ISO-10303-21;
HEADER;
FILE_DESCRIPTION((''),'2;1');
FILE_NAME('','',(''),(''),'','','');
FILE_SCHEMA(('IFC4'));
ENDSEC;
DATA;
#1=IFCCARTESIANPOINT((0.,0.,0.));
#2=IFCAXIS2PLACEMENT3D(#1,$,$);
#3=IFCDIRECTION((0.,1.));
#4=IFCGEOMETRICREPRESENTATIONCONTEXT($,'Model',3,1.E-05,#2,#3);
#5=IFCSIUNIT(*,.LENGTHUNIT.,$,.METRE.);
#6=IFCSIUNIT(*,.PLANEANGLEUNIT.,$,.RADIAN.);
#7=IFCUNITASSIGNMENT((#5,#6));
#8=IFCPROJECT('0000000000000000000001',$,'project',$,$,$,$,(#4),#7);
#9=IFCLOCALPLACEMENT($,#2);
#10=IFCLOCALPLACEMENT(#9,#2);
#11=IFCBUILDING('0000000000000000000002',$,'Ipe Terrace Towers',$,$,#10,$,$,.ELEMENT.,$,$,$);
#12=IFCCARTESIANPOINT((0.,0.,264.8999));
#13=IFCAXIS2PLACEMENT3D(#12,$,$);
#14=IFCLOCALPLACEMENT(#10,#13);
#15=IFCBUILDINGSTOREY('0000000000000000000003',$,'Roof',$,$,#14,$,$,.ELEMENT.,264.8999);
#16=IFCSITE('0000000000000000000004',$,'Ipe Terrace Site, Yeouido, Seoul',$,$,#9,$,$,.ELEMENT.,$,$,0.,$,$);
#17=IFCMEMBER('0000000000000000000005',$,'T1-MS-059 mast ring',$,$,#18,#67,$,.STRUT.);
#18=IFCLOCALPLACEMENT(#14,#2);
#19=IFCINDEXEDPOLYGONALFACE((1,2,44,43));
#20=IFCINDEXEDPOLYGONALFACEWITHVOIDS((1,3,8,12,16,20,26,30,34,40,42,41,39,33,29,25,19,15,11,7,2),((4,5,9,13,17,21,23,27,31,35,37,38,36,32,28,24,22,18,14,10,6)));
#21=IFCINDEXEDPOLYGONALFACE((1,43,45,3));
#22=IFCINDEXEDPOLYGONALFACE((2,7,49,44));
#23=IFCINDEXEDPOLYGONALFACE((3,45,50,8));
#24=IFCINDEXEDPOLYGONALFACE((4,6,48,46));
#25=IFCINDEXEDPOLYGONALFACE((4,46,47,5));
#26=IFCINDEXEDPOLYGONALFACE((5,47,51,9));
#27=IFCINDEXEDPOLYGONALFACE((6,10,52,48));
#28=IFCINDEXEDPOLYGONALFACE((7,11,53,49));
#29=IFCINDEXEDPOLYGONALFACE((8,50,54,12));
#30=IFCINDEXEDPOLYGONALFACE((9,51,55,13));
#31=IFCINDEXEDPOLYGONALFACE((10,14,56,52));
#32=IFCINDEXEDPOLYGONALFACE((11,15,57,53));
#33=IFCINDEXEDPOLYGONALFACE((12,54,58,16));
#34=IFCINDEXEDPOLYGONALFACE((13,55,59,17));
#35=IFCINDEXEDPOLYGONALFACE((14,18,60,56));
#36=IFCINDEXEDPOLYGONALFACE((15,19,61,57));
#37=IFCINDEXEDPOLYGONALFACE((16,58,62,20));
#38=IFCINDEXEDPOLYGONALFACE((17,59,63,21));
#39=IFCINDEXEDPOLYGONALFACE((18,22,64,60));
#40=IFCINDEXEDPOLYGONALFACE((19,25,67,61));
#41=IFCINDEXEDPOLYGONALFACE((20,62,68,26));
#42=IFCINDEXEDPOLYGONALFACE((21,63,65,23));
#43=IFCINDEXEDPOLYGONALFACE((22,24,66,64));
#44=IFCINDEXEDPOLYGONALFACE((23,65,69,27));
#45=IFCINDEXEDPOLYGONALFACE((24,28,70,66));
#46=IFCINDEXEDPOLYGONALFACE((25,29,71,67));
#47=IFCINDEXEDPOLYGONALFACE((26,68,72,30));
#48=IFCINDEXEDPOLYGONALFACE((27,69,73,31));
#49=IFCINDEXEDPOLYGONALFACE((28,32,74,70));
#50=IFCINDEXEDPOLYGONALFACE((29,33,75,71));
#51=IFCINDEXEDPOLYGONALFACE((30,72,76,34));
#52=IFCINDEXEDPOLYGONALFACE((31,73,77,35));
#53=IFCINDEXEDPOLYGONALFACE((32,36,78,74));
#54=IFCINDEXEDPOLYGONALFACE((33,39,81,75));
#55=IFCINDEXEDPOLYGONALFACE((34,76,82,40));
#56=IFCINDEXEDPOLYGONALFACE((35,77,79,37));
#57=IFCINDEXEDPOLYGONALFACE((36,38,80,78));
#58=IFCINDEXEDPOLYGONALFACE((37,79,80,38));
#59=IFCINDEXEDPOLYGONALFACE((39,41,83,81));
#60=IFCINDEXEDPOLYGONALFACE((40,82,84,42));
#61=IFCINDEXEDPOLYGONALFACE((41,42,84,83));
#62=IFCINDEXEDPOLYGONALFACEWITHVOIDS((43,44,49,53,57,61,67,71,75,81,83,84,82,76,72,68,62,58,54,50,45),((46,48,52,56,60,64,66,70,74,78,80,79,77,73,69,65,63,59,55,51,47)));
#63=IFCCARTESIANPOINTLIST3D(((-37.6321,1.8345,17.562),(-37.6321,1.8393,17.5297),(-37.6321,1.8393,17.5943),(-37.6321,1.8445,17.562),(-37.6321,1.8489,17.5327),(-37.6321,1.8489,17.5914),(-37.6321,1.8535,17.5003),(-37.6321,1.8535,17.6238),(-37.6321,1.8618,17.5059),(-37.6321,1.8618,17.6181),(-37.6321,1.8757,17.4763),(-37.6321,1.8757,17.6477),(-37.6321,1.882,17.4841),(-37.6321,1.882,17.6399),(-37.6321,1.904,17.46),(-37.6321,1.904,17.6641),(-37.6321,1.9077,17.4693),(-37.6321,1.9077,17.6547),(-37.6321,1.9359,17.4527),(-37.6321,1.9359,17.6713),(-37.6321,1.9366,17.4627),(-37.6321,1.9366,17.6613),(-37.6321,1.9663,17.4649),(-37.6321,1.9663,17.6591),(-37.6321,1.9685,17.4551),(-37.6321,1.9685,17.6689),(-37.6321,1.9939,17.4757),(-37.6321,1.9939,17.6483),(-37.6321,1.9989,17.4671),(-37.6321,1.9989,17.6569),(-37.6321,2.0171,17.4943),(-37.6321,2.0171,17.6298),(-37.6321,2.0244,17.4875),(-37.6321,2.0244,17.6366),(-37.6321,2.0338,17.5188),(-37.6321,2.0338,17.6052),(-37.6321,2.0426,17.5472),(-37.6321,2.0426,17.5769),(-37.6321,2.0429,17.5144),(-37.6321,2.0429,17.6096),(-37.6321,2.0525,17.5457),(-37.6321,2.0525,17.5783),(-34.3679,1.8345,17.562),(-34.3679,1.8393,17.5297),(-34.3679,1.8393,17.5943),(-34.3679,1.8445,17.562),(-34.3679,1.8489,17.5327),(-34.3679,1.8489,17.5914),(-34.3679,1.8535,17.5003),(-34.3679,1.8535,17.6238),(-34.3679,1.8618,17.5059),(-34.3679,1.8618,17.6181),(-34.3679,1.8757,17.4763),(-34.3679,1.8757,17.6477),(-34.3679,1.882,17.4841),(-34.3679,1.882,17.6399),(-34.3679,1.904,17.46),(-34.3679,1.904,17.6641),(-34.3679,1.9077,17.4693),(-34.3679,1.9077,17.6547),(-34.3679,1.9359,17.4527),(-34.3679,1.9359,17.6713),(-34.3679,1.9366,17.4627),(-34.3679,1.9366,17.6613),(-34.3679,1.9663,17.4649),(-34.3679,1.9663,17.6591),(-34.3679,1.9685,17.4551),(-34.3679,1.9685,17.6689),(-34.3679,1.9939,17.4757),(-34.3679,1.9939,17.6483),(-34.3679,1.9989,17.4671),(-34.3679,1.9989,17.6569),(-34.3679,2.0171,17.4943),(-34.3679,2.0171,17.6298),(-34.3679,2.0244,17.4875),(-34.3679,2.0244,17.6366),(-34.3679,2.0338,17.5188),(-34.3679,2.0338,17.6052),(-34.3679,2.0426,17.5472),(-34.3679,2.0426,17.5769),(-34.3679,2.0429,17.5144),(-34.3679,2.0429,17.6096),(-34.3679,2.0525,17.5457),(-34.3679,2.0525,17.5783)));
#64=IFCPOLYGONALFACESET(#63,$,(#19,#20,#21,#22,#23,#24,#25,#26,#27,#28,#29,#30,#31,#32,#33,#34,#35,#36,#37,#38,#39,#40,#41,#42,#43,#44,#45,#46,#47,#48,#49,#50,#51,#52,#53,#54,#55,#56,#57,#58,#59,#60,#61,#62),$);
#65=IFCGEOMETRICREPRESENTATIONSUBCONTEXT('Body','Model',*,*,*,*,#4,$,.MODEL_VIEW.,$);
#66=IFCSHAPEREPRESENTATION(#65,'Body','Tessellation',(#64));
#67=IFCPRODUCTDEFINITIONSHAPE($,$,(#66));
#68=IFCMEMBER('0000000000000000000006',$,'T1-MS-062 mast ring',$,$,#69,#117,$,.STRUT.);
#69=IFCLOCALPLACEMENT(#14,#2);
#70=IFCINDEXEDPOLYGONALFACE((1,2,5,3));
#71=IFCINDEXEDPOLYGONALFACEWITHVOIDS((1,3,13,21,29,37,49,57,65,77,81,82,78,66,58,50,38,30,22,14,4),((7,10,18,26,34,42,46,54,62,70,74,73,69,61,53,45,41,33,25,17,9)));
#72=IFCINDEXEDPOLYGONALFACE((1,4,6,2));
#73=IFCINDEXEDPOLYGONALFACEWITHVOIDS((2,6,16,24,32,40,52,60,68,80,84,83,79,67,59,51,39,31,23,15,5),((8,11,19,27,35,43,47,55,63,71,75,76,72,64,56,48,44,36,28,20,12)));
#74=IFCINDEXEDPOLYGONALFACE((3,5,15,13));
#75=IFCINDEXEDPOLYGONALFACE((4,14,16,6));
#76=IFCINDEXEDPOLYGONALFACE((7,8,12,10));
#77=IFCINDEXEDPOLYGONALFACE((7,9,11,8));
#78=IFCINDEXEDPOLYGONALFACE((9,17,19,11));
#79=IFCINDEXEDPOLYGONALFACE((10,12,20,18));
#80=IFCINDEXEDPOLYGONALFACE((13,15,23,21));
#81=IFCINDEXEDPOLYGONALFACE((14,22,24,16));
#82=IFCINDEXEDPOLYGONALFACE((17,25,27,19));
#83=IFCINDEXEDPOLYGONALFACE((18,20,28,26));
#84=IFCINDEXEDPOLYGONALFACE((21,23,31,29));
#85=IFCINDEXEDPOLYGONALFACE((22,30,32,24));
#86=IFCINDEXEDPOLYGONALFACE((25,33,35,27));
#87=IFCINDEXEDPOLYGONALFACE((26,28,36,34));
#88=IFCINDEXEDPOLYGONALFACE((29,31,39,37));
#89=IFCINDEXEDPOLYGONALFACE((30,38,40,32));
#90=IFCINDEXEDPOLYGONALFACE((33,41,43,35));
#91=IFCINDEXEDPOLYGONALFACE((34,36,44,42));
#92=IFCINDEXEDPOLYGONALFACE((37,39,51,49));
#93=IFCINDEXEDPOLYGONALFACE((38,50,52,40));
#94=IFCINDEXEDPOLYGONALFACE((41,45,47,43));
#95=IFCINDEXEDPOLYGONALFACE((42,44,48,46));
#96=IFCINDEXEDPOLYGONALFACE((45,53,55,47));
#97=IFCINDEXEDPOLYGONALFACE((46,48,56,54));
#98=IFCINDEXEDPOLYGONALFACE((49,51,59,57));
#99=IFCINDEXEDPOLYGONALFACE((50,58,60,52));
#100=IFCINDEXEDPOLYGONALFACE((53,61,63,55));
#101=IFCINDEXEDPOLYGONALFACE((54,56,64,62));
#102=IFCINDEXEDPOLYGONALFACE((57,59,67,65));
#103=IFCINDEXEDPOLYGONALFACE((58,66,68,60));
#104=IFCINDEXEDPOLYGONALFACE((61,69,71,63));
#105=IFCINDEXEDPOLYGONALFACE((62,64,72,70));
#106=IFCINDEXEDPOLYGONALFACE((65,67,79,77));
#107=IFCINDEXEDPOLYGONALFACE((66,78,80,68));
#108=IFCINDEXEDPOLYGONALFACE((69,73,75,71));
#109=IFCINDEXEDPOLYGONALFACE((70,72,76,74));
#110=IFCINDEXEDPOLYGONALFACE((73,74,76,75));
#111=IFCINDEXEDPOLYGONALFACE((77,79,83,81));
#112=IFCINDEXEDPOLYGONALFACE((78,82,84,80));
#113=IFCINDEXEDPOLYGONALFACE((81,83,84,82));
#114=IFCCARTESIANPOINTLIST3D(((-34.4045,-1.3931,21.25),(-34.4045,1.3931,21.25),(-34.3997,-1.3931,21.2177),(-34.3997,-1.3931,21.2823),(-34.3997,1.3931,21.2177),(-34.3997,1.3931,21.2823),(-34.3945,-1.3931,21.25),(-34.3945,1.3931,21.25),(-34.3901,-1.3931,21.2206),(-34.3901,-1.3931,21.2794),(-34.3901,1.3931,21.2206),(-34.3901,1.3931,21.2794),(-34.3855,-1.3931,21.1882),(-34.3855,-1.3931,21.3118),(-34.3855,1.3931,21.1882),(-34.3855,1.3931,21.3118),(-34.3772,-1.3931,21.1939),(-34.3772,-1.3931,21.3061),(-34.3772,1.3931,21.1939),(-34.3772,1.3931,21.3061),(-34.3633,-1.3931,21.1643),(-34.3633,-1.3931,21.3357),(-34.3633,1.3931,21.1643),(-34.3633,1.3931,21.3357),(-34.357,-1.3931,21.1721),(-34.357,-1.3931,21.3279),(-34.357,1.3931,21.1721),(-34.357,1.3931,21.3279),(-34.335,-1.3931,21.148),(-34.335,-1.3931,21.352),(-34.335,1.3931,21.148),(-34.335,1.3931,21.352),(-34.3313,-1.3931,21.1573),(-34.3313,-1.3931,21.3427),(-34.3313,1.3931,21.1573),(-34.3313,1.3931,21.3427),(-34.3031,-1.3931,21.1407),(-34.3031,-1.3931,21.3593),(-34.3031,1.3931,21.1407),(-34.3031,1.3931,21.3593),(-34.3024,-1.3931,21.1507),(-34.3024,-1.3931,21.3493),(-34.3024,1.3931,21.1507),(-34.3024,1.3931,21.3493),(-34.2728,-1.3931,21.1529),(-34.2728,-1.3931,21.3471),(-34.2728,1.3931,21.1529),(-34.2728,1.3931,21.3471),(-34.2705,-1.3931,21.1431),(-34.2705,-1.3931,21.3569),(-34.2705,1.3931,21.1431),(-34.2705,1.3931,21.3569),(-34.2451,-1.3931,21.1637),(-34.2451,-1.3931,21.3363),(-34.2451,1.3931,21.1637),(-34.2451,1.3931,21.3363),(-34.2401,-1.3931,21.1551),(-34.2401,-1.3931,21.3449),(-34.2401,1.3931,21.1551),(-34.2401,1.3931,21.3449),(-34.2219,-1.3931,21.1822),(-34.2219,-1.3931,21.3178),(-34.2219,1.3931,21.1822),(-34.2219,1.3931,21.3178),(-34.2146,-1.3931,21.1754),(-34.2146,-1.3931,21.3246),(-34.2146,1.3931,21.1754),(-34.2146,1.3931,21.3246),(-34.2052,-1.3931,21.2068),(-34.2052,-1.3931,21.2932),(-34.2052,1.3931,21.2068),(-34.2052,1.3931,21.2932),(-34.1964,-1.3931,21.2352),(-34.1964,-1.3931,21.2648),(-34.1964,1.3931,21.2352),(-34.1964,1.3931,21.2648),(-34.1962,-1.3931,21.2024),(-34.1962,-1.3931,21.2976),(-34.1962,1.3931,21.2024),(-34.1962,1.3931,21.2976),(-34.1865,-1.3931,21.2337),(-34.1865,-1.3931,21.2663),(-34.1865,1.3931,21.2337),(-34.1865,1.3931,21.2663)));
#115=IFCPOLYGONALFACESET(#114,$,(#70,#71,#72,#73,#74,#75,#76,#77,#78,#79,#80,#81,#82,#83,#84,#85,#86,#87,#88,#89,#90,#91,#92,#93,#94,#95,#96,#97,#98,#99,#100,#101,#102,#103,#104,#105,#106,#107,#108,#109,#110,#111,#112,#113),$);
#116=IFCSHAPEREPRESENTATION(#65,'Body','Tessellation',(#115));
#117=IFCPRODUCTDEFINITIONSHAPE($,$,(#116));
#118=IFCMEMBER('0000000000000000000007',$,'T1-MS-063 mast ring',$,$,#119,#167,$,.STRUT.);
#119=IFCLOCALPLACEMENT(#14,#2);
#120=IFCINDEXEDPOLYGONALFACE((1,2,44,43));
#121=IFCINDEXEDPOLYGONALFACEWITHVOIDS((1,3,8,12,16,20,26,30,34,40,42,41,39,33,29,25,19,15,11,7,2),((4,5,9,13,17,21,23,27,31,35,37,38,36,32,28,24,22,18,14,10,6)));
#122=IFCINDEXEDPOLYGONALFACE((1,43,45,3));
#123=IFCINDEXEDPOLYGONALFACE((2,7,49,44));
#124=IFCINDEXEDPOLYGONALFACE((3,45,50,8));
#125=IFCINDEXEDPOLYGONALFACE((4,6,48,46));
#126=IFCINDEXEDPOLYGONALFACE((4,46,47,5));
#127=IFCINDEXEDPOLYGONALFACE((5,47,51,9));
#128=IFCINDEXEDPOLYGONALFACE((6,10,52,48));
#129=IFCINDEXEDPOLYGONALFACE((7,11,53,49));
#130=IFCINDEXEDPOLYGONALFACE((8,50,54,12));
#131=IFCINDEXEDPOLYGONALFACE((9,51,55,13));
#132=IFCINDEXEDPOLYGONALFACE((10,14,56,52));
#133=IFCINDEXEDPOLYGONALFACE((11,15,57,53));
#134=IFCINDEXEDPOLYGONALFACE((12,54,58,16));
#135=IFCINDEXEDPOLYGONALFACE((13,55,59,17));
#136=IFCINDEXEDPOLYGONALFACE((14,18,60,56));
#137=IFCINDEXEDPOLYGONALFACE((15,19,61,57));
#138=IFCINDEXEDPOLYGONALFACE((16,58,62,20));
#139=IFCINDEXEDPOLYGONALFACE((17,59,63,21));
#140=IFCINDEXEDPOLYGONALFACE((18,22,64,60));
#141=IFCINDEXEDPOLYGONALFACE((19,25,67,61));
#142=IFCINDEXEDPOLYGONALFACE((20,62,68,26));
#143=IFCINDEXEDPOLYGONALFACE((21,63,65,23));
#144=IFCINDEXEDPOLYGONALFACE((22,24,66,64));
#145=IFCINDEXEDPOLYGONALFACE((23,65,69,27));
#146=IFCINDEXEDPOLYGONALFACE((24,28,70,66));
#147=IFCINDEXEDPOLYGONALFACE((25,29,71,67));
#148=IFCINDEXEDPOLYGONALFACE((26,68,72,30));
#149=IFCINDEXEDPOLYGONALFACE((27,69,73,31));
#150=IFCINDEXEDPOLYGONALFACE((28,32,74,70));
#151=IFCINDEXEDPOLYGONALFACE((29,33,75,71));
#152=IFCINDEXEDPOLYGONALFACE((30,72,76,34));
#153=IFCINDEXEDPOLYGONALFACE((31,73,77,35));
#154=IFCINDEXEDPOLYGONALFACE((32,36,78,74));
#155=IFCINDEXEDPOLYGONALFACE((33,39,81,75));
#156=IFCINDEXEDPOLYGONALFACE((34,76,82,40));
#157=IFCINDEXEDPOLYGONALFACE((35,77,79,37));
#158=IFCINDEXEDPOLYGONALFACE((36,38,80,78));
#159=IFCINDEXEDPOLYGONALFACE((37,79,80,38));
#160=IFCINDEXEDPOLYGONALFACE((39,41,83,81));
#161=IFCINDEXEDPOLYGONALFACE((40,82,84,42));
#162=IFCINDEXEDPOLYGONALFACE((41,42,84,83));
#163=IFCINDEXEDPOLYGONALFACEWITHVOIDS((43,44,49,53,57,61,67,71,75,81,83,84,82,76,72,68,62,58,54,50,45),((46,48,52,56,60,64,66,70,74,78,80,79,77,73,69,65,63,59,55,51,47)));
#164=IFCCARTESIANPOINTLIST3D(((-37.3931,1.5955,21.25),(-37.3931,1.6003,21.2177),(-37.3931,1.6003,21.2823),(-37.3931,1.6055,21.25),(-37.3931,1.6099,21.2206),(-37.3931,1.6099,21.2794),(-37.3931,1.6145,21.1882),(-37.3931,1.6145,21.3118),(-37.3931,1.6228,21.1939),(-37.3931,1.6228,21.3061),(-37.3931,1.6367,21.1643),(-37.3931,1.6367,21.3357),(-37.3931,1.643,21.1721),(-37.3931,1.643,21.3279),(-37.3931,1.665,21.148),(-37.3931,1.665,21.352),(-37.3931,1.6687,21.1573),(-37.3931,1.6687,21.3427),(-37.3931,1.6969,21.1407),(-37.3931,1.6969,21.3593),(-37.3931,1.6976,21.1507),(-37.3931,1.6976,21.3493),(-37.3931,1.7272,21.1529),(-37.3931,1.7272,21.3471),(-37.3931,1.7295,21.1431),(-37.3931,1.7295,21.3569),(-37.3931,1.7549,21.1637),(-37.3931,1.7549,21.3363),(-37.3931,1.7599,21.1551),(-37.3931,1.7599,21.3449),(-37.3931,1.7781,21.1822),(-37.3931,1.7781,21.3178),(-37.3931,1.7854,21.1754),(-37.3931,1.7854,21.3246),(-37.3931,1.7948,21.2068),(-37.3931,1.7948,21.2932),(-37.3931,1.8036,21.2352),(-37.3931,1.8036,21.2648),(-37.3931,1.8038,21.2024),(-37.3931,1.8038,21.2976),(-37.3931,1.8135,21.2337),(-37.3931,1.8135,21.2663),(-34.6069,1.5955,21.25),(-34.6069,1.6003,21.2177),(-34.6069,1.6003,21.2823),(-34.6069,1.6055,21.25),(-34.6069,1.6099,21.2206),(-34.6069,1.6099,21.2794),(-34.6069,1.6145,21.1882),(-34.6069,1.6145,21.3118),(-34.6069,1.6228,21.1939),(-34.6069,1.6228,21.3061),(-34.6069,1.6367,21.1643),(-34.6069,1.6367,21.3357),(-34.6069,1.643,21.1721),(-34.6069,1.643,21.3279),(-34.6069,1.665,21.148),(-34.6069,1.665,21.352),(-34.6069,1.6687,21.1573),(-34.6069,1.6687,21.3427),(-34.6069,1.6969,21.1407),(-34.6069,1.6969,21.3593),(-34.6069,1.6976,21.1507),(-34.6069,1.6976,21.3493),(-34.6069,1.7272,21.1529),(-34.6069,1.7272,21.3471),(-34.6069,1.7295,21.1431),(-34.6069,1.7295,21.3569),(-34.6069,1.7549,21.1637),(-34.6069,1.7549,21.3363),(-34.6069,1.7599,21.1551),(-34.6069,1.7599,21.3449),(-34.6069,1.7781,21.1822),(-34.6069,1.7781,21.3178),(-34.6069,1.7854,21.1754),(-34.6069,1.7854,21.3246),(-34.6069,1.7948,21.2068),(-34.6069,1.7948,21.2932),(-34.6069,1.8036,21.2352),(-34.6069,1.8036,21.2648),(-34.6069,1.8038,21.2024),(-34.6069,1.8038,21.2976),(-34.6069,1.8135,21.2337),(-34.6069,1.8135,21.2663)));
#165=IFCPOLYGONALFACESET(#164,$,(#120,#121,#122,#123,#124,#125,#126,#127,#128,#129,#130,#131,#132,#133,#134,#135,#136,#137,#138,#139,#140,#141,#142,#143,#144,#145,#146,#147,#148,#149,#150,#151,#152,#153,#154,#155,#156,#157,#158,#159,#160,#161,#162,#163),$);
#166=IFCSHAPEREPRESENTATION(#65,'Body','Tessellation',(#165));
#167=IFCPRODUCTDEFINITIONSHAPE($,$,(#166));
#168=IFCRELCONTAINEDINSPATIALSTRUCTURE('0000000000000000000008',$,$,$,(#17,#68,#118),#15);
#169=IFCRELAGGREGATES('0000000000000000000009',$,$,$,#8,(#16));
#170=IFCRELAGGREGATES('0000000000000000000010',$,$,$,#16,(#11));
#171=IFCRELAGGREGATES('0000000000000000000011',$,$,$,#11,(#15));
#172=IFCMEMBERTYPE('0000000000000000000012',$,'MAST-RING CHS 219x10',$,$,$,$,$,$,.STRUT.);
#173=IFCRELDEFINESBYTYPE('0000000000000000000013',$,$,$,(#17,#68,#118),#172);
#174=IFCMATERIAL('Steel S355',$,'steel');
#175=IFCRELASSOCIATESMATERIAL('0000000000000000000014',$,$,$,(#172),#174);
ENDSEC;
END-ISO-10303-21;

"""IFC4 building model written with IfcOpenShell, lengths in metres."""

from ifc_helpers import new_model, si_unit, direction, frame, origin, origin_2d, place, context, subcontext, project, spatial, hollow_circle, extrude, material, material_profile, profile_set, type_object, element, save


model = new_model("IFC4")

# Units and contexts
model_context = context("Model", 3, precision=1e-05, world=origin(), true_north=direction((0.0, 1.0)))
body_context = subcontext(model_context, "Body", "Model", "MODEL_VIEW")
ifc_project = project(units=[si_unit("LENGTHUNIT", "METRE"), si_unit("PLANEANGLEUNIT", "RADIAN")], contexts=[model_context])

# Site, building, storey
site_placement = place(None, origin())
site = spatial("IfcSite", under=ifc_project, at=site_placement, Name="Ipe Terrace Site, Yeouido, Seoul", CompositionType="ELEMENT", RefElevation=0.0)
building_placement = place(site_placement, origin())
building = spatial("IfcBuilding", under=site, at=building_placement, Name="Ipe Terrace Towers", CompositionType="ELEMENT")
storey_placement = place(building_placement, frame((0.0, 0.0, 264.8999)))
storey = spatial("IfcBuildingStorey", under=building, at=storey_placement, Name="Roof", CompositionType="ELEMENT", Elevation=264.8999)

# Members
ifc_material_1 = material(Name="Steel S355", Category="steel")
ifc_material_profile_1 = material_profile(ifc_material_1, hollow_circle(Radius=0.1096, WallThickness=0.01, at=origin_2d()), Name="MAST-RING CHS 219x10")
ifc_profile_set_1 = profile_set([ifc_material_profile_1], Name="Steel S355")
member_type_1 = type_object("IfcMemberType", Name="MAST-RING CHS 219x10", PredefinedType="STRUT", material=ifc_profile_set_1)
member_1_placement = place(storey_placement, frame((-34.3679, 1.9441, 17.562), z_axis=(-1.0, 0.0, 0.0), x_axis=(0.0, -1.0, 0.0)))
element("IfcMember", 1, at=member_1_placement, inside=storey, type_object=member_type_1, Name="T1-MS-059 mast ring", PredefinedType="STRUT", context=body_context, shape_type="SweptSolid", body=[
    extrude(hollow_circle(Radius=0.1096, WallThickness=0.01, at=origin_2d()), origin(), (0.0, 0.0, 1.0), 3.2642),
])
for number, where, z_axis, x_axis, name in (
    (2, (-34.2949, -1.3931, 21.25), (0.0, 1.0, 0.0), (-1.0, 0.0, 0.0), "T1-MS-062 mast ring"),
    (3, (-34.6069, 1.7051, 21.25), (-1.0, 0.0, 0.0), (0.0, -1.0, 0.0), "T1-MS-063 mast ring"),
):
    element("IfcMember", number, at=place(storey_placement, frame(where, z_axis=z_axis, x_axis=x_axis)), inside=storey, type_object=member_type_1, Name=name, PredefinedType="STRUT", context=body_context, shape_type="SweptSolid", body=[
        extrude(hollow_circle(Radius=0.1096, WallThickness=0.01, at=origin_2d()), origin(), (0.0, 0.0, 1.0), 2.7861),
    ])

save(model, "model.ifc")
